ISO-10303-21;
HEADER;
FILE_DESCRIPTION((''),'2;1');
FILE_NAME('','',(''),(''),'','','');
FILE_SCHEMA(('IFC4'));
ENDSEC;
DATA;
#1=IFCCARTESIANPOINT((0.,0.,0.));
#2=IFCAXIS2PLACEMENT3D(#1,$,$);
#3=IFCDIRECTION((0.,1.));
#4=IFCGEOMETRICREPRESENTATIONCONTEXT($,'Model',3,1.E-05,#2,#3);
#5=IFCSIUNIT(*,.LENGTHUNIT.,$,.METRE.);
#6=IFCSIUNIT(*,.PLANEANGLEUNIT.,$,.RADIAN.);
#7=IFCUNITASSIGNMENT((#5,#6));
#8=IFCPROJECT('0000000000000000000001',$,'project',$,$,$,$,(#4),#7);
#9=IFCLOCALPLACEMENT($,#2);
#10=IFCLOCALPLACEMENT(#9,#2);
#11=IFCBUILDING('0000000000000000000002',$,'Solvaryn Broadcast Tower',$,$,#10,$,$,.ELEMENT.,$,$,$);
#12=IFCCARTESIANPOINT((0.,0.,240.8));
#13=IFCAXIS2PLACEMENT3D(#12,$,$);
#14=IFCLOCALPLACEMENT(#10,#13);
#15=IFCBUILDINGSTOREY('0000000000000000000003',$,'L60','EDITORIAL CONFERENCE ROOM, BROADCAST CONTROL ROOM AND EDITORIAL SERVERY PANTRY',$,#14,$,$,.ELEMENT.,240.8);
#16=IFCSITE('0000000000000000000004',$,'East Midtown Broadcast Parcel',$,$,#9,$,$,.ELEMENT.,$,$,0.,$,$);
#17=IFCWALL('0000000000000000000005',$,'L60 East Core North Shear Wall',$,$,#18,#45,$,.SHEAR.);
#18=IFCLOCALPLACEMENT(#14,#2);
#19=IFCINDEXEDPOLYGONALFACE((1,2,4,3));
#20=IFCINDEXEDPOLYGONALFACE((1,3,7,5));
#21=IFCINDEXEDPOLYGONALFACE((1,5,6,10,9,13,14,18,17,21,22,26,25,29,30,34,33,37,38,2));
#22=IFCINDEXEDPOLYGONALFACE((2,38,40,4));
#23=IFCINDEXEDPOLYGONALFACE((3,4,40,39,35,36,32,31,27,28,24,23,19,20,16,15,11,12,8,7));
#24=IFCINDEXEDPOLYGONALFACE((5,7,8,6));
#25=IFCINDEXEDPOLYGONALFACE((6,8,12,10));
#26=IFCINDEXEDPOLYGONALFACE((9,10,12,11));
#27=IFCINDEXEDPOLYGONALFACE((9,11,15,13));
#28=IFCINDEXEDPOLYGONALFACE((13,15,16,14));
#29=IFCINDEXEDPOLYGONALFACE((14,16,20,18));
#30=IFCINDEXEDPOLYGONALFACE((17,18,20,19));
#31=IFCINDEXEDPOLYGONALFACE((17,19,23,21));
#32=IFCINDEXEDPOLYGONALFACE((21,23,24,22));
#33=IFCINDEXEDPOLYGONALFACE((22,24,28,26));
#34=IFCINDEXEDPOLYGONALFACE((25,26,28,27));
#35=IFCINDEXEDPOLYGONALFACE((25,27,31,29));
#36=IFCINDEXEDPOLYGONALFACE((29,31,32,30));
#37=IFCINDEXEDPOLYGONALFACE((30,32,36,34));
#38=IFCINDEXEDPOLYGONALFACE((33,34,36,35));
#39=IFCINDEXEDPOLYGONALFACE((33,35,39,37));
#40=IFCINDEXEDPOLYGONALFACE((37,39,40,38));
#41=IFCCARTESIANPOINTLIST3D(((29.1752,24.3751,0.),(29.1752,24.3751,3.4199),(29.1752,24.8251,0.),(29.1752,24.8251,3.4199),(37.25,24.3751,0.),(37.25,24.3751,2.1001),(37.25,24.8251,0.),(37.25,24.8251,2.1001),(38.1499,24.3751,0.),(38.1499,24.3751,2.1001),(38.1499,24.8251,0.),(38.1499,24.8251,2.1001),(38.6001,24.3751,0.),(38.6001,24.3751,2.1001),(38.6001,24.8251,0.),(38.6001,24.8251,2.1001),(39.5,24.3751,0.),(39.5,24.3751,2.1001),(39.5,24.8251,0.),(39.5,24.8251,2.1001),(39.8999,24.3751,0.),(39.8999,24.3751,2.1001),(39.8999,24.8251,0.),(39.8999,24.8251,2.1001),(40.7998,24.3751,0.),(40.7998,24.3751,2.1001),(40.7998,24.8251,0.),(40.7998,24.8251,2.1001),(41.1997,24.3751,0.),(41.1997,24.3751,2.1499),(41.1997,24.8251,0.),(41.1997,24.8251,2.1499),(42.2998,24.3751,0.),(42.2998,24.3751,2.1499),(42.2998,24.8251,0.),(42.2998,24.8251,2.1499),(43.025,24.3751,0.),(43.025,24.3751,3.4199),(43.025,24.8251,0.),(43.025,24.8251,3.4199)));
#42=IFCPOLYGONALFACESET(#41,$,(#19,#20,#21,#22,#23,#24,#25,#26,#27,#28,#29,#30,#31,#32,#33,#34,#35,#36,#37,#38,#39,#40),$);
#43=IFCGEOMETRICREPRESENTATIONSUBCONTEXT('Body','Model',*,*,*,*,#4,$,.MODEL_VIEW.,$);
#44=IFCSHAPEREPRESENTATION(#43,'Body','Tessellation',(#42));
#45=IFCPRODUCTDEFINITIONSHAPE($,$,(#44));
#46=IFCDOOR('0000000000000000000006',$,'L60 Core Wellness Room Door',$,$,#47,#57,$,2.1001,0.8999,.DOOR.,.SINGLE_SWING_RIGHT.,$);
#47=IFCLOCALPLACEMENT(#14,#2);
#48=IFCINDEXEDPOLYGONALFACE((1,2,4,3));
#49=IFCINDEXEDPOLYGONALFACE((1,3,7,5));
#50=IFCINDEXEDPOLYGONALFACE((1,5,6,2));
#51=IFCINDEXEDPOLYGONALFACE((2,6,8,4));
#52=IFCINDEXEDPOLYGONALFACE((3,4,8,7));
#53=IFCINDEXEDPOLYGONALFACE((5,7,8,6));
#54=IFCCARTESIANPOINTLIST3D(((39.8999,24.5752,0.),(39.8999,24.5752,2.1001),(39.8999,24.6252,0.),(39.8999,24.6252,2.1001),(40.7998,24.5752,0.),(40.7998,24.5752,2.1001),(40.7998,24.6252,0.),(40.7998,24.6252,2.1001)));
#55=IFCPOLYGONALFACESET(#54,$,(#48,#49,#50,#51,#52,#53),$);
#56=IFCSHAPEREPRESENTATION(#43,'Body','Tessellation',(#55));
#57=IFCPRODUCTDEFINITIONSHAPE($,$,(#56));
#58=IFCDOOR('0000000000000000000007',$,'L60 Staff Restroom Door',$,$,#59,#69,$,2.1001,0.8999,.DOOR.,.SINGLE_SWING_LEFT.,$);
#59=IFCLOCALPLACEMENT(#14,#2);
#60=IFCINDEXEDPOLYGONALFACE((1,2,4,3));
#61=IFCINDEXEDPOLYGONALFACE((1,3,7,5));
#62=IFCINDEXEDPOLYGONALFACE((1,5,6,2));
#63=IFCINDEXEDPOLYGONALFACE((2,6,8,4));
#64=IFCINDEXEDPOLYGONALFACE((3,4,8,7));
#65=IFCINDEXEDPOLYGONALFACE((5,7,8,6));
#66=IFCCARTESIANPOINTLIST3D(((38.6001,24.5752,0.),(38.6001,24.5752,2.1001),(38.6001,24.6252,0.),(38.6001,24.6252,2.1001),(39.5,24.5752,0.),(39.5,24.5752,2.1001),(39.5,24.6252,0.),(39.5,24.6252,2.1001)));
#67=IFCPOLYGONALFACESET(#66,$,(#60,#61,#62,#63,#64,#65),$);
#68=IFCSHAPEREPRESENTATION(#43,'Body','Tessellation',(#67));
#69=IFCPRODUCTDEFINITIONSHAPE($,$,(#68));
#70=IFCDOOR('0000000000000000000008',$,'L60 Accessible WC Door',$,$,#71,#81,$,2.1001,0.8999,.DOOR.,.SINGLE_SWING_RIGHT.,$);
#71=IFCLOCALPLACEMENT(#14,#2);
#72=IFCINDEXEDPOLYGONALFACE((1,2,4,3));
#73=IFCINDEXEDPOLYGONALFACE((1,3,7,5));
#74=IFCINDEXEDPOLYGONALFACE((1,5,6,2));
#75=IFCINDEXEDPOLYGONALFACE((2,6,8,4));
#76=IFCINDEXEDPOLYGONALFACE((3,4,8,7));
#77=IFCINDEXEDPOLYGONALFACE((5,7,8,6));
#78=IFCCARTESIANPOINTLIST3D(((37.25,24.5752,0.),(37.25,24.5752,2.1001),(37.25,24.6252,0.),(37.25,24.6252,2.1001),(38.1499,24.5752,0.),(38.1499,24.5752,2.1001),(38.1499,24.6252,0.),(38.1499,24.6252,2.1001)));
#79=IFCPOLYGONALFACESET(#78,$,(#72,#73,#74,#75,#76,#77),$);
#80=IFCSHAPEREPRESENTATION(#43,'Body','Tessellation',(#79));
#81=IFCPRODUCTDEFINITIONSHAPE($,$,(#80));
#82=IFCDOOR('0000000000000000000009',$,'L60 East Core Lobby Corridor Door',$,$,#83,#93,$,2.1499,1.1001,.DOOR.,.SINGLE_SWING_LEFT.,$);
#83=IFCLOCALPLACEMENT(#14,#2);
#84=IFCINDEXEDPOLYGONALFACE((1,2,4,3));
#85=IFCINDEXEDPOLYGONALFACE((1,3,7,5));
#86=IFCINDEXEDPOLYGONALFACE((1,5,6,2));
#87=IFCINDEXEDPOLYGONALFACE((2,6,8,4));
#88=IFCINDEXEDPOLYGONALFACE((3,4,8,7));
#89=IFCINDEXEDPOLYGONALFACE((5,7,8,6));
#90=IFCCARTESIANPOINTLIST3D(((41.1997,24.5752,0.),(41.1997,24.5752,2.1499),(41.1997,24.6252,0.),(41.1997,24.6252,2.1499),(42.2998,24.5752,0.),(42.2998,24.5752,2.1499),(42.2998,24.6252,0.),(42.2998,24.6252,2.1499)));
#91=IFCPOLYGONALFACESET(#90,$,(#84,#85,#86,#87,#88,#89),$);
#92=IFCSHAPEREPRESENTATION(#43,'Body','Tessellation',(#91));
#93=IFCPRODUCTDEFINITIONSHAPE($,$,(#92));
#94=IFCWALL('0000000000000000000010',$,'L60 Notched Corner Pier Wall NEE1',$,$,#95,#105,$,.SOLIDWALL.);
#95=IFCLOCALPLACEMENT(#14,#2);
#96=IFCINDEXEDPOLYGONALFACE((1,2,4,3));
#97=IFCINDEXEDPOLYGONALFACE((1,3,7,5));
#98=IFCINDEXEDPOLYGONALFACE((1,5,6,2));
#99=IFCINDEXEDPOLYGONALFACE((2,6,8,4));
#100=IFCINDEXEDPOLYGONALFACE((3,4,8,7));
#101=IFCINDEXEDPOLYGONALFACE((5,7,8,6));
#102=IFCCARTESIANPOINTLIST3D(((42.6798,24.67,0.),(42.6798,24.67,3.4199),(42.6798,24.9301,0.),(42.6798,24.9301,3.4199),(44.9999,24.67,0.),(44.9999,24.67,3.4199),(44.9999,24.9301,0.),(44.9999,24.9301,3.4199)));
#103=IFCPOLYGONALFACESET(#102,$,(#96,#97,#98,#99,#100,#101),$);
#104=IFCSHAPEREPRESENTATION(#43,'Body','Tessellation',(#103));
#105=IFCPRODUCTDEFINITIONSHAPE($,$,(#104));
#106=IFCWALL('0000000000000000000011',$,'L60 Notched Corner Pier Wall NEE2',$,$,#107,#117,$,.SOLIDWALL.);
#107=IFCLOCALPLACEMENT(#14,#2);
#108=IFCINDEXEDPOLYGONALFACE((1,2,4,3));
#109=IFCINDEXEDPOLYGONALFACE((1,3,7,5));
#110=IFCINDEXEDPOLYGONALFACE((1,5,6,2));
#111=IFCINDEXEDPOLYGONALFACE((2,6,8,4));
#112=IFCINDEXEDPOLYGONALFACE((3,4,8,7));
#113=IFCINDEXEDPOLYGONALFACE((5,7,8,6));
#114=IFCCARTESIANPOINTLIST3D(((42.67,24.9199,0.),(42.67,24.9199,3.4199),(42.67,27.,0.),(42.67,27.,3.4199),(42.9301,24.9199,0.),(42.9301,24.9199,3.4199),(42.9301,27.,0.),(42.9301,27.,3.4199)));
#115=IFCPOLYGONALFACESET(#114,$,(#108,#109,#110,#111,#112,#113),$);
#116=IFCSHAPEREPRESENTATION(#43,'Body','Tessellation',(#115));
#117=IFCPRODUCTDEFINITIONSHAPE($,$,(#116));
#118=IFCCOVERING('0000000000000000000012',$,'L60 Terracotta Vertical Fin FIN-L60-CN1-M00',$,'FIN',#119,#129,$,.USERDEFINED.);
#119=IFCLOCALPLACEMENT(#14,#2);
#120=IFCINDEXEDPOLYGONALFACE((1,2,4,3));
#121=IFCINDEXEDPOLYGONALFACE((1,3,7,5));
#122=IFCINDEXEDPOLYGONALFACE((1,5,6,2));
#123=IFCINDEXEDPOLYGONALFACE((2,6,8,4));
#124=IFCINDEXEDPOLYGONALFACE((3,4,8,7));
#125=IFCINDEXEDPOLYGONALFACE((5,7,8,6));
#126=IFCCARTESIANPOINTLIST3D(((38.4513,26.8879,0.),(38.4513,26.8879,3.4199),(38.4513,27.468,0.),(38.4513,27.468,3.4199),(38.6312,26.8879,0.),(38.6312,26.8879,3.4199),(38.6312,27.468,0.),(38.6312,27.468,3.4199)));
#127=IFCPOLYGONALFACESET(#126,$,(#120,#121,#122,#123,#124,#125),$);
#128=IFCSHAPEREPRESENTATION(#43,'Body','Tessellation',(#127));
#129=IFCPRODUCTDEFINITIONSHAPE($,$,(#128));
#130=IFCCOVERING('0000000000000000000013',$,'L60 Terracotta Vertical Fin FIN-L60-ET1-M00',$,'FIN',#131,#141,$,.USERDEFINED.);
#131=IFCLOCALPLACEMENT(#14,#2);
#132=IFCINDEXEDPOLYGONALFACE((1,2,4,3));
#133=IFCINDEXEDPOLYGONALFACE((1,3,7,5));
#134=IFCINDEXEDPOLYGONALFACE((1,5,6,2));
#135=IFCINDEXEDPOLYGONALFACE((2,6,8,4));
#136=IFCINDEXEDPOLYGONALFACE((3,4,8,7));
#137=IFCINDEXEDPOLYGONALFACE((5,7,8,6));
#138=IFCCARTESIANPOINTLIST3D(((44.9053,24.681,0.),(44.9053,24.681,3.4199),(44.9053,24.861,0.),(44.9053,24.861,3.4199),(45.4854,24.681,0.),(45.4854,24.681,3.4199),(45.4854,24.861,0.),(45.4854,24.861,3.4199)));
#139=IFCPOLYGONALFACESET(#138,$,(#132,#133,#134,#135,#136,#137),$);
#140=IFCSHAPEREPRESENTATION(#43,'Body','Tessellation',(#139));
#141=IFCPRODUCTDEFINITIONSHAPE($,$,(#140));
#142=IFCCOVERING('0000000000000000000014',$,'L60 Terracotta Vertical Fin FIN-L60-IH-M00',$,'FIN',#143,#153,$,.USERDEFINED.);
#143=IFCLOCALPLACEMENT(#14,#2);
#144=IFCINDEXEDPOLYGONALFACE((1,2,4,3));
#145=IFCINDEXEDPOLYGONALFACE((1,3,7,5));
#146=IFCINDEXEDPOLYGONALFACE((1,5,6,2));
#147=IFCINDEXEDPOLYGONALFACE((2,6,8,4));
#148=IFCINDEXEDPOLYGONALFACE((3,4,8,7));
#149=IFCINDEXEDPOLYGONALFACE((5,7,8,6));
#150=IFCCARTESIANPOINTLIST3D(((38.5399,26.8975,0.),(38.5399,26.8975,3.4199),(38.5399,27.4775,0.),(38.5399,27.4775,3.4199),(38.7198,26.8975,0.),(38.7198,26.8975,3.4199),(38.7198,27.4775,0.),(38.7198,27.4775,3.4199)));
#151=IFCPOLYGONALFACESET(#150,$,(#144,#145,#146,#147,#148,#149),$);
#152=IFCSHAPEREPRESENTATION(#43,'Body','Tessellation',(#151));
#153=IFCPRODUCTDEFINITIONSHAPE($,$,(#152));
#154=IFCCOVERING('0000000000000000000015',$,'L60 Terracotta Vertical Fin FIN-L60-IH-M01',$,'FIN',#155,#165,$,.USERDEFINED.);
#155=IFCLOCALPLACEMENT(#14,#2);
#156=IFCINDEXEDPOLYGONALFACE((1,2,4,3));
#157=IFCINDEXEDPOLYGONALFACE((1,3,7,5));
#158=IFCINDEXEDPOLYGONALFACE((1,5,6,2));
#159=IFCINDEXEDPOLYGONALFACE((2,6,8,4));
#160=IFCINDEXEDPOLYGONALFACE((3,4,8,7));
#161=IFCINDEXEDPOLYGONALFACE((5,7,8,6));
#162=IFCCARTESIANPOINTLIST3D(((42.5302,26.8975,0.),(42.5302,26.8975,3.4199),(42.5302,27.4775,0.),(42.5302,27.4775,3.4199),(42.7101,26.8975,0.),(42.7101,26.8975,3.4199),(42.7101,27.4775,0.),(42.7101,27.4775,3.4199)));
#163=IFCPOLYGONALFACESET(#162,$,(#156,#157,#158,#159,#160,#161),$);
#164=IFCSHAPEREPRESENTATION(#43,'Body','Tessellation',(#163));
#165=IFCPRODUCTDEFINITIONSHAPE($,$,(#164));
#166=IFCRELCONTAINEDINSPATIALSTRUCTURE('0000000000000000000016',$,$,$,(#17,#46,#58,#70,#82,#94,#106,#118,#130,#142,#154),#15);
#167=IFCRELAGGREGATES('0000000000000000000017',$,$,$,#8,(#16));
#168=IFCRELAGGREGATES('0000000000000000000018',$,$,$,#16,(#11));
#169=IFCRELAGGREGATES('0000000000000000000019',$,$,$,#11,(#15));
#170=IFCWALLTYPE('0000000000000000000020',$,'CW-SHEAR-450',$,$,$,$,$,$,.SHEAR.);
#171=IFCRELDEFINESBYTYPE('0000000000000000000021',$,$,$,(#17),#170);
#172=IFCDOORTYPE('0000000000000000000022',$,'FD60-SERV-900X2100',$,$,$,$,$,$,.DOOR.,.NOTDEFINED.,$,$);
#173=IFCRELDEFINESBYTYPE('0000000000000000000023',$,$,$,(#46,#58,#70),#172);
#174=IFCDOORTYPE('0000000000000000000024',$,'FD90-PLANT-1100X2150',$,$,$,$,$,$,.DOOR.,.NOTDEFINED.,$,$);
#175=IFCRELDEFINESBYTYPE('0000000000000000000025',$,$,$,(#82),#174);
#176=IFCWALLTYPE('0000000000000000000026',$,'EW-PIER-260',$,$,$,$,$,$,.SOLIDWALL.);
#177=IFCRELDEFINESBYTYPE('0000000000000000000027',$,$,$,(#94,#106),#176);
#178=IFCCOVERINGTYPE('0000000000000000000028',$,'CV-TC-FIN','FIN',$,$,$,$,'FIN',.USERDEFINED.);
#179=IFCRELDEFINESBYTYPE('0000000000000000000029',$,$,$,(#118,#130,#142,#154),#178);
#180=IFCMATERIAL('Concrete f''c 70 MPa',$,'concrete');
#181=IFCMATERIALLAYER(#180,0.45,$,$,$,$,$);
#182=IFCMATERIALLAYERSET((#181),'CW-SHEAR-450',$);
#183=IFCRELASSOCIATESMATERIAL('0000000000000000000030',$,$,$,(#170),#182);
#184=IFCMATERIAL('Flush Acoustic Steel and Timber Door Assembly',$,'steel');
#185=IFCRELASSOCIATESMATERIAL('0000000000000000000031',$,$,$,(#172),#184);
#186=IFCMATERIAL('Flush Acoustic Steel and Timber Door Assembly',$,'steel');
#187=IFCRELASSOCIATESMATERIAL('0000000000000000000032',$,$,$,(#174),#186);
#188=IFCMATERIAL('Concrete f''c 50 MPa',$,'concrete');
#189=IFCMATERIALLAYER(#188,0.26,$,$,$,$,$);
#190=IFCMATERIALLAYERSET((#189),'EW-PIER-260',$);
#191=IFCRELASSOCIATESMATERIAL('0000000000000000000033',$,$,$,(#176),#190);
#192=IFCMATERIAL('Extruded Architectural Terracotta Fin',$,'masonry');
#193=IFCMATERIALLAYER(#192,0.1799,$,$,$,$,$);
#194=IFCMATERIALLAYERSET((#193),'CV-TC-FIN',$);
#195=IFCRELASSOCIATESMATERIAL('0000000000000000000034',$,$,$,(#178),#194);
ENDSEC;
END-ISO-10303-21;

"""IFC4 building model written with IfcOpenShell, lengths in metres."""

from ifc_helpers import new_model, si_unit, direction, frame, frame_2d, origin, origin_2d, place, context, subcontext, project, spatial, rectangle, extrude, material, layer, layer_set, type_object, element, fill, save


model = new_model("IFC4")

# Units and contexts
model_context = context("Model", 3, precision=1e-05, world=origin(), true_north=direction((0.0, 1.0)))
body_context = subcontext(model_context, "Body", "Model", "MODEL_VIEW")
ifc_project = project(units=[si_unit("LENGTHUNIT", "METRE"), si_unit("PLANEANGLEUNIT", "RADIAN")], contexts=[model_context])

# Site, building, storey
site_placement = place(None, origin())
site = spatial("IfcSite", under=ifc_project, at=site_placement, Name="East Midtown Broadcast Parcel", CompositionType="ELEMENT", RefElevation=0.0)
building_placement = place(site_placement, origin())
building = spatial("IfcBuilding", under=site, at=building_placement, Name="Solvaryn Broadcast Tower", CompositionType="ELEMENT")
storey_placement = place(building_placement, frame((0.0, 0.0, 240.8)))
storey = spatial("IfcBuildingStorey", under=building, at=storey_placement, Name="L60", Description="EDITORIAL CONFERENCE ROOM, BROADCAST CONTROL ROOM AND EDITORIAL SERVERY PANTRY", CompositionType="ELEMENT", Elevation=240.8)

# Wall, openings, doors
ifc_material_1 = material(Name="Concrete f'c 70 MPa", Category="concrete")
ifc_layer_1 = layer(ifc_material_1, 0.45)
ifc_layer_set_1 = layer_set([ifc_layer_1], Name="CW-SHEAR-450")
wall_type_1 = type_object("IfcWallType", Name="CW-SHEAR-450", PredefinedType="SHEAR", material=ifc_layer_set_1)
wall_1_placement = place(storey_placement, frame((43.0249, 24.6001, 0.0), z_axis=(0.0, 0.0, 1.0), x_axis=(-1.0, 0.0, 0.0)))
wall_1 = element("IfcWall", 1, at=wall_1_placement, inside=storey, type_object=wall_type_1, Name="L60 East Core North Shear Wall", PredefinedType="SHEAR", context=body_context, shape_type="SweptSolid", body=[
    extrude(rectangle(XDim=13.8499, YDim=0.45, at=frame_2d((6.9248, 0.0))), origin(), (0.0, 0.0, 1.0), 3.4199),
])
opening_1_placement = place(wall_1_placement, frame((0.7251, 0.0, 0.0)))
opening_1 = element("IfcOpeningElement", 2, at=opening_1_placement, cuts=wall_1, PredefinedType="OPENING", context=body_context, shape_type="SweptSolid", body=[
    extrude(rectangle(XDim=1.1001, YDim=2.1499, at=frame_2d((0.55, 1.075))), frame((0.0, 0.2351, 0.0), z_axis=(0.0, -1.0, 0.0), x_axis=(1.0, 0.0, 0.0)), (0.0, 0.0, 1.0), 0.47),
])
opening_2_placement = place(wall_1_placement, frame((2.2251, 0.0, 0.0)))
opening_2 = element("IfcOpeningElement", 3, at=opening_2_placement, cuts=wall_1, PredefinedType="OPENING", context=body_context, shape_type="SweptSolid", body=[
    extrude(rectangle(XDim=0.8999, YDim=2.1001, at=frame_2d((0.45, 1.05))), frame((0.0, 0.2351, 0.0), z_axis=(0.0, -1.0, 0.0), x_axis=(1.0, 0.0, 0.0)), (0.0, 0.0, 1.0), 0.47),
])
opening_3_placement = place(wall_1_placement, frame((3.5249, 0.0, 0.0)))
opening_3 = element("IfcOpeningElement", 4, at=opening_3_placement, cuts=wall_1, PredefinedType="OPENING", context=body_context, shape_type="SweptSolid", body=[
    extrude(rectangle(XDim=0.8999, YDim=2.1001, at=frame_2d((0.45, 1.05))), frame((0.0, 0.2351, 0.0), z_axis=(0.0, -1.0, 0.0), x_axis=(1.0, 0.0, 0.0)), (0.0, 0.0, 1.0), 0.47),
])
opening_4_placement = place(wall_1_placement, frame((4.875, 0.0, 0.0)))
opening_4 = element("IfcOpeningElement", 5, at=opening_4_placement, cuts=wall_1, PredefinedType="OPENING", context=body_context, shape_type="SweptSolid", body=[
    extrude(rectangle(XDim=0.8999, YDim=2.1001, at=frame_2d((0.45, 1.05))), frame((0.0, 0.2351, 0.0), z_axis=(0.0, -1.0, 0.0), x_axis=(1.0, 0.0, 0.0)), (0.0, 0.0, 1.0), 0.47),
])
ifc_material_2 = material(Name="Flush Acoustic Steel and Timber Door Assembly", Category="steel")
door_type_1 = type_object("IfcDoorType", Name="FD60-SERV-900X2100", OperationType="NOTDEFINED", PredefinedType="DOOR", material=ifc_material_2)
door_1_placement = place(opening_2_placement, origin())
door_1 = element("IfcDoor", 6, at=door_1_placement, inside=storey, type_object=door_type_1, Name="L60 Core Wellness Room Door", OperationType="SINGLE_SWING_RIGHT", OverallHeight=2.1001, OverallWidth=0.8999, PredefinedType="DOOR", context=body_context, shape_type="SweptSolid", body=[
    extrude(rectangle(XDim=0.8999, YDim=2.1001, at=frame_2d((0.45, 1.05))), frame((0.0, 0.0249, 0.0), z_axis=(0.0, -1.0, 0.0), x_axis=(1.0, 0.0, 0.0)), (0.0, 0.0, 1.0), 0.05),
])
fill(opening_2, door_1)
door_2_placement = place(opening_3_placement, origin())
door_2 = element("IfcDoor", 7, at=door_2_placement, inside=storey, type_object=door_type_1, Name="L60 Staff Restroom Door", OperationType="SINGLE_SWING_LEFT", OverallHeight=2.1001, OverallWidth=0.8999, PredefinedType="DOOR", context=body_context, shape_type="SweptSolid", body=[
    extrude(rectangle(XDim=0.8999, YDim=2.1001, at=frame_2d((0.45, 1.05))), frame((0.0, 0.0249, 0.0), z_axis=(0.0, -1.0, 0.0), x_axis=(1.0, 0.0, 0.0)), (0.0, 0.0, 1.0), 0.05),
])
fill(opening_3, door_2)
door_3_placement = place(opening_4_placement, origin())
door_3 = element("IfcDoor", 8, at=door_3_placement, inside=storey, type_object=door_type_1, Name="L60 Accessible WC Door", OperationType="SINGLE_SWING_RIGHT", OverallHeight=2.1001, OverallWidth=0.8999, PredefinedType="DOOR", context=body_context, shape_type="SweptSolid", body=[
    extrude(rectangle(XDim=0.8999, YDim=2.1001, at=frame_2d((0.45, 1.05))), frame((0.0, 0.0249, 0.0), z_axis=(0.0, -1.0, 0.0), x_axis=(1.0, 0.0, 0.0)), (0.0, 0.0, 1.0), 0.05),
])
fill(opening_4, door_3)
ifc_material_3 = material(Name="Flush Acoustic Steel and Timber Door Assembly", Category="steel")
door_type_2 = type_object("IfcDoorType", Name="FD90-PLANT-1100X2150", OperationType="NOTDEFINED", PredefinedType="DOOR", material=ifc_material_3)
door_4_placement = place(opening_1_placement, origin())
door_4 = element("IfcDoor", 9, at=door_4_placement, inside=storey, type_object=door_type_2, Name="L60 East Core Lobby Corridor Door", OperationType="SINGLE_SWING_LEFT", OverallHeight=2.1499, OverallWidth=1.1001, PredefinedType="DOOR", context=body_context, shape_type="SweptSolid", body=[
    extrude(rectangle(XDim=1.1001, YDim=2.1499, at=frame_2d((0.55, 1.075))), frame((0.0, 0.0249, 0.0), z_axis=(0.0, -1.0, 0.0), x_axis=(1.0, 0.0, 0.0)), (0.0, 0.0, 1.0), 0.05),
])
fill(opening_1, door_4)

# Walls
ifc_material_4 = material(Name="Concrete f'c 50 MPa", Category="concrete")
ifc_layer_2 = layer(ifc_material_4, 0.26)
ifc_layer_set_2 = layer_set([ifc_layer_2], Name="EW-PIER-260")
wall_type_2 = type_object("IfcWallType", Name="EW-PIER-260", PredefinedType="SOLIDWALL", material=ifc_layer_set_2)
wall_2_placement = place(storey_placement, frame((45.0, 24.8, 0.0), z_axis=(0.0, 0.0, 1.0), x_axis=(-1.0, 0.0, 0.0)))
element("IfcWall", 10, at=wall_2_placement, inside=storey, type_object=wall_type_2, Name="L60 Notched Corner Pier Wall NEE1", PredefinedType="SOLIDWALL", context=body_context, shape_type="SweptSolid", body=[
    extrude(rectangle(XDim=2.3201, YDim=0.26, at=frame_2d((1.1602, 0.0))), origin(), (0.0, 0.0, 1.0), 3.4199),
])
wall_3_placement = place(storey_placement, frame((42.8, 24.9199, 0.0), z_axis=(0.0, 0.0, 1.0), x_axis=(0.0, 1.0, 0.0)))
element("IfcWall", 11, at=wall_3_placement, inside=storey, type_object=wall_type_2, Name="L60 Notched Corner Pier Wall NEE2", PredefinedType="SOLIDWALL", context=body_context, shape_type="SweptSolid", body=[
    extrude(rectangle(XDim=2.0801, YDim=0.26, at=frame_2d((1.04, 0.0))), origin(), (0.0, 0.0, 1.0), 3.4199),
])

# Coverings
ifc_material_5 = material(Name="Extruded Architectural Terracotta Fin", Category="masonry")
ifc_layer_3 = layer(ifc_material_5, 0.1799)
ifc_layer_set_3 = layer_set([ifc_layer_3], Name="CV-TC-FIN")
covering_type = type_object("IfcCoveringType", Name="CV-TC-FIN", Description="FIN", ElementType="FIN", PredefinedType="USERDEFINED", material=ifc_layer_set_3)
covering_1_placement = place(storey_placement, frame((38.5413, 27.178, 0.0), z_axis=(0.0, 0.0, 1.0), x_axis=(1.0, 0.0, 0.0)))
element("IfcCovering", 12, at=covering_1_placement, inside=storey, type_object=covering_type, Name="L60 Terracotta Vertical Fin FIN-L60-CN1-M00", ObjectType="FIN", PredefinedType="USERDEFINED", context=body_context, shape_type="SweptSolid", body=[
    extrude(rectangle(XDim=0.1799, YDim=0.5801, at=origin_2d()), origin(), (0.0, 0.0, 1.0), 3.4199),
])
covering_2_placement = place(storey_placement, frame((45.1953, 24.771, 0.0), z_axis=(0.0, 0.0, 1.0), x_axis=(1.0, 0.0, 0.0)))
element("IfcCovering", 13, at=covering_2_placement, inside=storey, type_object=covering_type, Name="L60 Terracotta Vertical Fin FIN-L60-ET1-M00", ObjectType="FIN", PredefinedType="USERDEFINED", context=body_context, shape_type="SweptSolid", body=[
    extrude(rectangle(XDim=0.5801, YDim=0.1799, at=origin_2d()), origin(), (0.0, 0.0, 1.0), 3.4199),
])
for number, where, z_axis, x_axis, name in (
    (14, (38.6299, 27.1875, 0.0), (0.0, 0.0, 1.0), (1.0, 0.0, 0.0), "L60 Terracotta Vertical Fin FIN-L60-IH-M00"),
    (15, (42.6201, 27.1875, 0.0), (0.0, 0.0, 1.0), (1.0, 0.0, 0.0), "L60 Terracotta Vertical Fin FIN-L60-IH-M01"),
):
    element("IfcCovering", number, at=place(storey_placement, frame(where, z_axis=z_axis, x_axis=x_axis)), inside=storey, type_object=covering_type, Name=name, ObjectType="FIN", PredefinedType="USERDEFINED", context=body_context, shape_type="SweptSolid", body=[
        extrude(rectangle(XDim=0.1799, YDim=0.5801, at=origin_2d()), origin(), (0.0, 0.0, 1.0), 3.4199),
    ])

save(model, "model.ifc")
